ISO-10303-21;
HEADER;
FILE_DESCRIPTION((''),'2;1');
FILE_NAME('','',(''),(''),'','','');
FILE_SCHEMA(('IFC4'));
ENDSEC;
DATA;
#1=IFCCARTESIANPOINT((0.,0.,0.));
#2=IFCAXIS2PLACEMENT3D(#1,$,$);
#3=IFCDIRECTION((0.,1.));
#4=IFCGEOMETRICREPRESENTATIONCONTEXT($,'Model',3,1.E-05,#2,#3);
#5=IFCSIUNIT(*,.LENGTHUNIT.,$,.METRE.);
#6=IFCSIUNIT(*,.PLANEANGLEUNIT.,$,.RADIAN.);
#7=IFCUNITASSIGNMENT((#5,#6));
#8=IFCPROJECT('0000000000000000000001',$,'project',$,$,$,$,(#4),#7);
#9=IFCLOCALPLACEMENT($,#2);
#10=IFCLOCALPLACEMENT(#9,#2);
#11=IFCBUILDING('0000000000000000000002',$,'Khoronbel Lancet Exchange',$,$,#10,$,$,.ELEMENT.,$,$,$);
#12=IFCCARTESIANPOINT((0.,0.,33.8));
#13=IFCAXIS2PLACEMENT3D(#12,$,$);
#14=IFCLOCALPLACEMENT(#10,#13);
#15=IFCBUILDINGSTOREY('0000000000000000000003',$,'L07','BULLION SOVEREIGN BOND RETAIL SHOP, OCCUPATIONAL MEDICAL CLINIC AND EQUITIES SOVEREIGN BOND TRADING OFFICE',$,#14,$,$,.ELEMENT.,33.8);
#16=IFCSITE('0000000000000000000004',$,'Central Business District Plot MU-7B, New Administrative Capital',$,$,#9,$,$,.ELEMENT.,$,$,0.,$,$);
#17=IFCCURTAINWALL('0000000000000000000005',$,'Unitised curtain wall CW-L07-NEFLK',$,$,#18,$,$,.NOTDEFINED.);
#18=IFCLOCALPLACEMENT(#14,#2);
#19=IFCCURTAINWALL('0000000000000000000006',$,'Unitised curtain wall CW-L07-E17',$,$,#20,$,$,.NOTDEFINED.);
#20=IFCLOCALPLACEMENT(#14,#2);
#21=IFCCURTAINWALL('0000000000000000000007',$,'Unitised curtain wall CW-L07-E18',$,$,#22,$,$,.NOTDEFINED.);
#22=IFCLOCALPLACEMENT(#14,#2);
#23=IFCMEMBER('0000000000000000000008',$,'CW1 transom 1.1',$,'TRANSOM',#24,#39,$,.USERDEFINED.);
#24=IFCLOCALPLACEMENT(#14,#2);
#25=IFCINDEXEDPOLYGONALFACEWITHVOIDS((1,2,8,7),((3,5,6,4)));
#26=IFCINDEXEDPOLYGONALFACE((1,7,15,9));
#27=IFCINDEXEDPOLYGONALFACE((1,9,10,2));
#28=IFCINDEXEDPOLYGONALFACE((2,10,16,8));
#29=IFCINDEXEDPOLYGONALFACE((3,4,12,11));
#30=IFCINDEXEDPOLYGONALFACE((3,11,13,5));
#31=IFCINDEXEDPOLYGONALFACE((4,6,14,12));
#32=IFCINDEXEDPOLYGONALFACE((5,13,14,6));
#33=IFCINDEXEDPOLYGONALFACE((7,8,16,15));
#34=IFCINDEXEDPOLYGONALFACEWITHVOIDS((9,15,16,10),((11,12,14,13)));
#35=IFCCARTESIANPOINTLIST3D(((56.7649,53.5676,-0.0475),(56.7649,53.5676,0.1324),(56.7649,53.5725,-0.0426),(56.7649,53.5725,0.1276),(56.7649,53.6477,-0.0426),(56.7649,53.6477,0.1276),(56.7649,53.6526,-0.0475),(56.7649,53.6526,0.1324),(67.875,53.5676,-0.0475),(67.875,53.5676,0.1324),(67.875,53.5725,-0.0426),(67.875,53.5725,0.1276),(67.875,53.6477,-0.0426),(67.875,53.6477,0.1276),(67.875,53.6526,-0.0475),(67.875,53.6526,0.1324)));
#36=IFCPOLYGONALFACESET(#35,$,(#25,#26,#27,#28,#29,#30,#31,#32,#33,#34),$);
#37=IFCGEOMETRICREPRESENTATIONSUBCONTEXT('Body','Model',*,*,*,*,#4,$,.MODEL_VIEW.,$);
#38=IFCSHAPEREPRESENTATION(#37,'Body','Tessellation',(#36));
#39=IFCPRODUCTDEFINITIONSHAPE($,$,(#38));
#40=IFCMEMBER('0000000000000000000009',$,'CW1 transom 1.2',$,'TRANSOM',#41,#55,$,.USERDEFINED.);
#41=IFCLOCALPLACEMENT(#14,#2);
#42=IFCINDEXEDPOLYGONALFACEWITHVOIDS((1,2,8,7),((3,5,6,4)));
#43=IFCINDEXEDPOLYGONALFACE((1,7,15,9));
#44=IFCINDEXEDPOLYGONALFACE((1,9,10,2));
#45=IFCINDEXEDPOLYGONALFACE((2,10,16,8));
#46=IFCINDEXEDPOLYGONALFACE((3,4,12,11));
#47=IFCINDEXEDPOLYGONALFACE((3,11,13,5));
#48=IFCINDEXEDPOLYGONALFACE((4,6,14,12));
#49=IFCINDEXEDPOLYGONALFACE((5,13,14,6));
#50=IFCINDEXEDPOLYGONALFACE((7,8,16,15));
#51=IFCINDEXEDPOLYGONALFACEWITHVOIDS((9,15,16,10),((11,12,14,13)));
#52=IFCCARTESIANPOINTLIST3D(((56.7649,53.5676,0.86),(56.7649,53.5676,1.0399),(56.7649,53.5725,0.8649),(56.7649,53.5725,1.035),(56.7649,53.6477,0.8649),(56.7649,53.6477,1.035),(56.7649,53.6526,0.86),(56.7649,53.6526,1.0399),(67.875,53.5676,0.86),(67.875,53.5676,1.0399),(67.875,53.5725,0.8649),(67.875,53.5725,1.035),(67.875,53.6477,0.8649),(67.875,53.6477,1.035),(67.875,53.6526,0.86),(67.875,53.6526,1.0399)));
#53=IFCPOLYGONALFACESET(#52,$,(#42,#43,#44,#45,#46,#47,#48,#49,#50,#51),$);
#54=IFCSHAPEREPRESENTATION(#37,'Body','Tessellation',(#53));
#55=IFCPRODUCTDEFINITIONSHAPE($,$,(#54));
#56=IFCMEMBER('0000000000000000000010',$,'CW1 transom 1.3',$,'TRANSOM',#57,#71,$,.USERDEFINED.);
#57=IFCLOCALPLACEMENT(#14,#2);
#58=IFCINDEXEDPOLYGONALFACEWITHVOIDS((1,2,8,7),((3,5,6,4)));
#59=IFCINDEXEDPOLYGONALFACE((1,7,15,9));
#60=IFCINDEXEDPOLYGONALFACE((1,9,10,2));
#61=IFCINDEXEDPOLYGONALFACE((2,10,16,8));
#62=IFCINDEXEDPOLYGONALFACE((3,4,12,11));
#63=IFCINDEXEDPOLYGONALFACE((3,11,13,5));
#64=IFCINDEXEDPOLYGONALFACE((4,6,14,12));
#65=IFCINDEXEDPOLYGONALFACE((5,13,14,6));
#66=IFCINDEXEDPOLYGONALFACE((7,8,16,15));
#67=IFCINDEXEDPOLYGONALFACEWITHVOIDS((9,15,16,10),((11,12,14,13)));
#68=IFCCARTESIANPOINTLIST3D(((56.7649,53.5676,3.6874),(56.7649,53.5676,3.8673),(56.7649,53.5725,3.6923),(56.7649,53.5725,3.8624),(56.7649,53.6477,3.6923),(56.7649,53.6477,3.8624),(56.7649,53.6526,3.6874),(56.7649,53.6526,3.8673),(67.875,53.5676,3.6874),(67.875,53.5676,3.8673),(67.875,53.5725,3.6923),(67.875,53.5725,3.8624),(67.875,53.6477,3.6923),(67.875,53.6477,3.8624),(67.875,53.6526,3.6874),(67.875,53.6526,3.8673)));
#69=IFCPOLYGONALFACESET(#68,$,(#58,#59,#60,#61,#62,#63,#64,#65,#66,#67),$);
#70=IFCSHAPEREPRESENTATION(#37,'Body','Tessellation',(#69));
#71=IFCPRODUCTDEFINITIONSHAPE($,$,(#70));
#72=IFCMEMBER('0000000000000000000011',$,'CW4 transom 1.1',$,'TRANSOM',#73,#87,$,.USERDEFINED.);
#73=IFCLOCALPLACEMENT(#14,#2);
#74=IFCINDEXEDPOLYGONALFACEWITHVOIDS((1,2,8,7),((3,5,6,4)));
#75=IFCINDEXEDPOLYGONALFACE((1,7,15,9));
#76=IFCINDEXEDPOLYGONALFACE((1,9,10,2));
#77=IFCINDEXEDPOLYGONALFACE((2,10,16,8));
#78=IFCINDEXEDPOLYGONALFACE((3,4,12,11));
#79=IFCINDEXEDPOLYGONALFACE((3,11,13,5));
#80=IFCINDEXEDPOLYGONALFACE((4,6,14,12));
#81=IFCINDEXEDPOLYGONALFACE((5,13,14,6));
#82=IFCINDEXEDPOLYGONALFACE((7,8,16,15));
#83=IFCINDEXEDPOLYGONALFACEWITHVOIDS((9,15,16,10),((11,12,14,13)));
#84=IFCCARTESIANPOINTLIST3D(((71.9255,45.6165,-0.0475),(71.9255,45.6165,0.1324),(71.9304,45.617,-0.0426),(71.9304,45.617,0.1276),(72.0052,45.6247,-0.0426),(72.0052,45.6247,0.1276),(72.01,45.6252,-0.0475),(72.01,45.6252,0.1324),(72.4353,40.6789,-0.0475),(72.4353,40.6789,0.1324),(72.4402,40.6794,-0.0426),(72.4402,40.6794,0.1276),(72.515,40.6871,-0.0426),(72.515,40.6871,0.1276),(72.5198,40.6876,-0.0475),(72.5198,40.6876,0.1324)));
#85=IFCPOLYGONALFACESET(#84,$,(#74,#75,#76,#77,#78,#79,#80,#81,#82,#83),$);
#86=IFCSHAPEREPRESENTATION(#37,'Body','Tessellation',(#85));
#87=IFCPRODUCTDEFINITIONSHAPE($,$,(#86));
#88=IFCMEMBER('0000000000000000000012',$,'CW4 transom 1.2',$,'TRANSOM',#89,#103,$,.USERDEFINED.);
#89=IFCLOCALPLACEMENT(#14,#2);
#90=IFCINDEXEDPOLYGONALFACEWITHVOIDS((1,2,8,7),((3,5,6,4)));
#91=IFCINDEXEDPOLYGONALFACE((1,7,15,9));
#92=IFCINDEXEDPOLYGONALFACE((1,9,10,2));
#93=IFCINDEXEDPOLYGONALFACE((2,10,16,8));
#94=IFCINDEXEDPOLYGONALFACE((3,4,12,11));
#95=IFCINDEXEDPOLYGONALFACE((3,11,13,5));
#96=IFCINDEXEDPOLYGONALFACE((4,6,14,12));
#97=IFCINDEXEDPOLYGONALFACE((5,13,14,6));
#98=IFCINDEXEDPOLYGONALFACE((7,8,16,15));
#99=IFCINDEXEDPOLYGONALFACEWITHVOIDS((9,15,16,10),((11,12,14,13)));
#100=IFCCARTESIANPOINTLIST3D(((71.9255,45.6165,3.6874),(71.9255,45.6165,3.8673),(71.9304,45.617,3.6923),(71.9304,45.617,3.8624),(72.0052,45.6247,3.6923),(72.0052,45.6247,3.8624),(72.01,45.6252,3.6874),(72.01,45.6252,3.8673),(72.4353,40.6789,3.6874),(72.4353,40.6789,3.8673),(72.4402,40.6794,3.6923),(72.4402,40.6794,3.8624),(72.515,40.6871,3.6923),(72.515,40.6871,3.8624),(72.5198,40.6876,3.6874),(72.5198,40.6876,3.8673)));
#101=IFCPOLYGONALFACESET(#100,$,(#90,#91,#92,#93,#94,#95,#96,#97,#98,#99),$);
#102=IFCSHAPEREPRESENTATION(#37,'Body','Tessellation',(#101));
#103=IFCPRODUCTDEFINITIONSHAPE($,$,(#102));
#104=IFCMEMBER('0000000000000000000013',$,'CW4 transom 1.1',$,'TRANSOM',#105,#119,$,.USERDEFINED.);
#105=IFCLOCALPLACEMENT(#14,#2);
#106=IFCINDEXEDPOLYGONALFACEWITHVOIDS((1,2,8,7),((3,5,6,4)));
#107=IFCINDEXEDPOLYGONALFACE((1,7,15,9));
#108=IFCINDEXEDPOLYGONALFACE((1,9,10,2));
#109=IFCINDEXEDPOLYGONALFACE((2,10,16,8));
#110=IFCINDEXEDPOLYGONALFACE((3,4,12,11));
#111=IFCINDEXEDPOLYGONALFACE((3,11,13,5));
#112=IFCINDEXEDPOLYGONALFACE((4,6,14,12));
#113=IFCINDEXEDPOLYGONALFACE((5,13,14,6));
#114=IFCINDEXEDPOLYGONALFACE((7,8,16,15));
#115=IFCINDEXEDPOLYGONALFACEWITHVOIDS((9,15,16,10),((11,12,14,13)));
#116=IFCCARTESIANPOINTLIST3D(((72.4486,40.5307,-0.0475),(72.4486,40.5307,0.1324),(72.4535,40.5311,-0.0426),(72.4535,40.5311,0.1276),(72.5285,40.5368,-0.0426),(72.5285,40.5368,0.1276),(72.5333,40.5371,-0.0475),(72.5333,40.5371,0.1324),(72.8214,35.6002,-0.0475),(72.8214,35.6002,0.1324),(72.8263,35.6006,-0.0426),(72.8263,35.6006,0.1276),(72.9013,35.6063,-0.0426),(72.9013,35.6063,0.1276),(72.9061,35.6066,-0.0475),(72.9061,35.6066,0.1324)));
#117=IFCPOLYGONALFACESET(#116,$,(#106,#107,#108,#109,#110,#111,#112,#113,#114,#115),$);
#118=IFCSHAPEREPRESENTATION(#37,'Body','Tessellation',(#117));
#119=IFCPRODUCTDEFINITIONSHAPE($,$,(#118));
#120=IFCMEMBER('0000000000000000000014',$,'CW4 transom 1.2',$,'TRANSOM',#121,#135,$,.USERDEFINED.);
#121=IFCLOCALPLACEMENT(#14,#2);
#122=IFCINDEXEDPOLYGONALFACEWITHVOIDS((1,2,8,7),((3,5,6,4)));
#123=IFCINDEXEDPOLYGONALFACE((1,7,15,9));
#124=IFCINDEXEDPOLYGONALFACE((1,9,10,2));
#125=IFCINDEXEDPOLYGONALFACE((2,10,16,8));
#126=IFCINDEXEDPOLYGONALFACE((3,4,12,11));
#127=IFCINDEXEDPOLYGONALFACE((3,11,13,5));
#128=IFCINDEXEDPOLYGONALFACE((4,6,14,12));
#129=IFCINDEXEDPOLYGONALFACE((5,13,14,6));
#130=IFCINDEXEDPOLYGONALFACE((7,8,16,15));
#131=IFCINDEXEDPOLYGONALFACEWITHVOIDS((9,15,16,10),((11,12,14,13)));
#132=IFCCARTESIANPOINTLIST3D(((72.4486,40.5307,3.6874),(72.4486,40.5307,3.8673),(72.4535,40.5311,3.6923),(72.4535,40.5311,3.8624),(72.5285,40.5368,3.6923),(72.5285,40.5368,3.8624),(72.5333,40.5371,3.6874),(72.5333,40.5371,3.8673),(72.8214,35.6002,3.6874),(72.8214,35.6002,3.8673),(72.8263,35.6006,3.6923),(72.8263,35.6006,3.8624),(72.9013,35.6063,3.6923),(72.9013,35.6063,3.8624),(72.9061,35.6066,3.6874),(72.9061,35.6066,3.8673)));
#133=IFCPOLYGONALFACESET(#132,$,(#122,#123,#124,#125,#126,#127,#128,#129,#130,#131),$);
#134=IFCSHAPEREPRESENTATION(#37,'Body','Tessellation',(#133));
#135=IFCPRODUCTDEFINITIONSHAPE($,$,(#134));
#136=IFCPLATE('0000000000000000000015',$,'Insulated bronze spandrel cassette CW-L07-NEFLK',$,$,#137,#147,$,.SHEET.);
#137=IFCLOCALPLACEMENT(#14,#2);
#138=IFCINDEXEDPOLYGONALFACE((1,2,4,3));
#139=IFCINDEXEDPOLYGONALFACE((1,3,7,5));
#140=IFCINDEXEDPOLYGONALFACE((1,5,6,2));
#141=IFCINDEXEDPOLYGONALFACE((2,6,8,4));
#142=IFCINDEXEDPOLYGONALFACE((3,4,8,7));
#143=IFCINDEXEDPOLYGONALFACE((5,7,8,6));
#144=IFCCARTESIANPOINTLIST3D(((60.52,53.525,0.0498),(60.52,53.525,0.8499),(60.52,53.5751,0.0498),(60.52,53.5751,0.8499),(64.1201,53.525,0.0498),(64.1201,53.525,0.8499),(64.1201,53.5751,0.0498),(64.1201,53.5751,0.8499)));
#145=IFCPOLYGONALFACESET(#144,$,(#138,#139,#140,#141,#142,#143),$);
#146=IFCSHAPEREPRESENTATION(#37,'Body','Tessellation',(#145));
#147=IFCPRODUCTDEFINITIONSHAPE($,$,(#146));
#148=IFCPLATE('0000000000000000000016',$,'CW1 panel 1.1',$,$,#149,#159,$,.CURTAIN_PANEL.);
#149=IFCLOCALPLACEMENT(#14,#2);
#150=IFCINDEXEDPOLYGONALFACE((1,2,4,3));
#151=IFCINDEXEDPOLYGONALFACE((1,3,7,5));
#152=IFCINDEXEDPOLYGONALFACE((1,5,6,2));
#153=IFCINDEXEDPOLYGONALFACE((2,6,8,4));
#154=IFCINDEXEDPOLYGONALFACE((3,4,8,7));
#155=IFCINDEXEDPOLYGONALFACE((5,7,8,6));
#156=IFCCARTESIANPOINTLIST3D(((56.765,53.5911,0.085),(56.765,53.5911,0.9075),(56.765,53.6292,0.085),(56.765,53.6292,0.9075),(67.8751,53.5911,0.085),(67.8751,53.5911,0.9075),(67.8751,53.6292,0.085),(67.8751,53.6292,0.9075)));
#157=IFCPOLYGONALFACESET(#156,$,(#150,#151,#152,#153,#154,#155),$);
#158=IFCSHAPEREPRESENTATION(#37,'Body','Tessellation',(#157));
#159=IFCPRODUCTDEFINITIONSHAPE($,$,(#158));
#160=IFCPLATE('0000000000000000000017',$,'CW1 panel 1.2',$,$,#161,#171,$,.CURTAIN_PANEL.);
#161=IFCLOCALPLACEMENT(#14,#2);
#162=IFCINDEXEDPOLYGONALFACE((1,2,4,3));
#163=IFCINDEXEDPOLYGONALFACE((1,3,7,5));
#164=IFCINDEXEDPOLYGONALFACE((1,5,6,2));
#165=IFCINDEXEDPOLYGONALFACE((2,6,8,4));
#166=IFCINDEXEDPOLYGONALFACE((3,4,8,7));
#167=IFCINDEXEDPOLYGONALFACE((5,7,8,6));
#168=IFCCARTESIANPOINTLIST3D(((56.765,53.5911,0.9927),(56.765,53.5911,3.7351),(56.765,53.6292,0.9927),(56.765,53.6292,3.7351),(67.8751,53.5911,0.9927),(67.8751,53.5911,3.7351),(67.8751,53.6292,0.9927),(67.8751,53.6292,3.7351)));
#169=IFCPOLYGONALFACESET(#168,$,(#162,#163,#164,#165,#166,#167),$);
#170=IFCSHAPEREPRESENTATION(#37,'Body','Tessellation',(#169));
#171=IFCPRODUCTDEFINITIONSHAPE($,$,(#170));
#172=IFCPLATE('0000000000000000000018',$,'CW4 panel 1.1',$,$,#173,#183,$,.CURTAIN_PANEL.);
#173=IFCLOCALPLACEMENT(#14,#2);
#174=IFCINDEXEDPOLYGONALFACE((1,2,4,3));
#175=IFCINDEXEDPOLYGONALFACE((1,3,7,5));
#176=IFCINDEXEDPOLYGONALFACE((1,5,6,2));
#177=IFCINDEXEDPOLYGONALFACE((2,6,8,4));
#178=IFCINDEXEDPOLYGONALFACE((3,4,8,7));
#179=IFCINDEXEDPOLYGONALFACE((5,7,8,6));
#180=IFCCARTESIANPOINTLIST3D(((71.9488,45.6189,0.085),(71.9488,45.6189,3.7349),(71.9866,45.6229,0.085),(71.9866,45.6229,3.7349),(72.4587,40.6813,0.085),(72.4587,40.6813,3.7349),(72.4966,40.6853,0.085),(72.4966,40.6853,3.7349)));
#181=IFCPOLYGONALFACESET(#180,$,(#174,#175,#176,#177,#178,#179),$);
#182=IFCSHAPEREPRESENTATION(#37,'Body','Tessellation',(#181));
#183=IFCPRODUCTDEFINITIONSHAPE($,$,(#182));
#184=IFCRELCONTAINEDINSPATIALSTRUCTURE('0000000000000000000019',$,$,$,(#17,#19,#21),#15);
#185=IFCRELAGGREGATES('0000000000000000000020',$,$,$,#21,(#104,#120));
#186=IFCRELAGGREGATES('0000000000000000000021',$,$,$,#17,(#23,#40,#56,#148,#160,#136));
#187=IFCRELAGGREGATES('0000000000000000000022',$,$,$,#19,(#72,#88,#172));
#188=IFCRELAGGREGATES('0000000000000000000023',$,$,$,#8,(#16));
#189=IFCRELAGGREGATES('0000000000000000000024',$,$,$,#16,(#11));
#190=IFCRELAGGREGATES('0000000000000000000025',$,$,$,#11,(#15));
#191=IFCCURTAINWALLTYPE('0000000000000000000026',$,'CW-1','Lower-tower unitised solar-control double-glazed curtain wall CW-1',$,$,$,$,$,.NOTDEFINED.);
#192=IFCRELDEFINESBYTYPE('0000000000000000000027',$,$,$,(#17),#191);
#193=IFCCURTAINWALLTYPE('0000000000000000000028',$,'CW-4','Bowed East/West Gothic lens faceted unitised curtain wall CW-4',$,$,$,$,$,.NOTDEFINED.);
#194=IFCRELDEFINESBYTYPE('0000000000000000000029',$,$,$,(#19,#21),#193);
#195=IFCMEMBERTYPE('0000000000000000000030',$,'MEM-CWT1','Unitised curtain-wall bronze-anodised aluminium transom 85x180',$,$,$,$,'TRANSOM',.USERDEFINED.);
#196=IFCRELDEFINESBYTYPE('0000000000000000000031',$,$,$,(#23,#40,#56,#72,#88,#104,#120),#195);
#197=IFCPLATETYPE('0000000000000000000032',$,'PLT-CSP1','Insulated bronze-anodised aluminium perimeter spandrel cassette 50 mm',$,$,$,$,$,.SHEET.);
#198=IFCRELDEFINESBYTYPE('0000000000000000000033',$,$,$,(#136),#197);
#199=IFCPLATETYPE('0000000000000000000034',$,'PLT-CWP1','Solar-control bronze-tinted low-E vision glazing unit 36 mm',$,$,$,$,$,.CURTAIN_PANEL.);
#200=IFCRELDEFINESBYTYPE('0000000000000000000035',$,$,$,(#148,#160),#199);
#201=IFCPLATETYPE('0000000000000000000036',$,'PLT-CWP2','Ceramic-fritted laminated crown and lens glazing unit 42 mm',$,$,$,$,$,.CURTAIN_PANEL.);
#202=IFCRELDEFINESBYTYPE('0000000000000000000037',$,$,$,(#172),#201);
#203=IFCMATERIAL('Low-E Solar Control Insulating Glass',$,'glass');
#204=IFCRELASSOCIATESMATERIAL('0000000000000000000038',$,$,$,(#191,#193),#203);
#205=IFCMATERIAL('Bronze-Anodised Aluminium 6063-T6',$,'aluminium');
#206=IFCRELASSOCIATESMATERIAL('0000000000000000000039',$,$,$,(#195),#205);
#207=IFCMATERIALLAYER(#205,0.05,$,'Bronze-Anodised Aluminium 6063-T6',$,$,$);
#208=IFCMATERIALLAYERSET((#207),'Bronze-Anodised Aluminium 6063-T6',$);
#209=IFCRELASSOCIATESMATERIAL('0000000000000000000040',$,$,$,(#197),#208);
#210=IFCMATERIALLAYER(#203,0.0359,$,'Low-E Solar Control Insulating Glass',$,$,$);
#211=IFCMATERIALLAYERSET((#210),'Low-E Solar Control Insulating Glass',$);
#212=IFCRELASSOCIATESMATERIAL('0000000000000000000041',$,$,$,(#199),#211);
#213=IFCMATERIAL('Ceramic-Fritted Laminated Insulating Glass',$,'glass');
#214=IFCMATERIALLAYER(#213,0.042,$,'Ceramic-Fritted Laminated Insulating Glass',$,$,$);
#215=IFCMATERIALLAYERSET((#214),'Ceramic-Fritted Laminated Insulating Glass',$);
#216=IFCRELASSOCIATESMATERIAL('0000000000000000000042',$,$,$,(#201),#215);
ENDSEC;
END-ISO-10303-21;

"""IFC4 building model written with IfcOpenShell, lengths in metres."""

from ifc_helpers import new_model, si_unit, direction, frame, origin, origin_2d, place, context, subcontext, project, spatial, rectangle, hollow_rectangle, extrude, material, layer, layer_set, material_profile, profile_set, type_object, element, aggregate, save


model = new_model("IFC4")

# Units and contexts
model_context = context("Model", 3, precision=1e-05, world=origin(), true_north=direction((0.0, 1.0)))
body_context = subcontext(model_context, "Body", "Model", "MODEL_VIEW")
ifc_project = project(units=[si_unit("LENGTHUNIT", "METRE"), si_unit("PLANEANGLEUNIT", "RADIAN")], contexts=[model_context])

# Site, building, storey
site_placement = place(None, origin())
site = spatial("IfcSite", under=ifc_project, at=site_placement, Name="Central Business District Plot MU-7B, New Administrative Capital", CompositionType="ELEMENT", RefElevation=0.0)
building_placement = place(site_placement, origin())
building = spatial("IfcBuilding", under=site, at=building_placement, Name="Khoronbel Lancet Exchange", CompositionType="ELEMENT")
storey_placement = place(building_placement, frame((0.0, 0.0, 33.8)))
storey = spatial("IfcBuildingStorey", under=building, at=storey_placement, Name="L07", Description="BULLION SOVEREIGN BOND RETAIL SHOP, OCCUPATIONAL MEDICAL CLINIC AND EQUITIES SOVEREIGN BOND TRADING OFFICE", CompositionType="ELEMENT", Elevation=33.8)

# Curtain walls
ifc_material_1 = material(Name="Low-E Solar Control Insulating Glass", Category="glass")
curtain_wall_type_1 = type_object("IfcCurtainWallType", Name="CW-1", Description="Lower-tower unitised solar-control double-glazed curtain wall CW-1", PredefinedType="NOTDEFINED", material=ifc_material_1)
curtain_wall_1_placement = place(storey_placement, origin())
curtain_wall_1 = element("IfcCurtainWall", 1, at=curtain_wall_1_placement, inside=storey, type_object=curtain_wall_type_1, Name="Unitised curtain wall CW-L07-NEFLK", PredefinedType="NOTDEFINED")
ifc_material_2 = material(Name="Bronze-Anodised Aluminium 6063-T6", Category="aluminium")
curtain_wall_type_2 = type_object("IfcCurtainWallType", Name="CW-4", Description="Bowed East/West Gothic lens faceted unitised curtain wall CW-4", PredefinedType="NOTDEFINED", material=ifc_material_1)
curtain_wall_2_placement = place(storey_placement, origin())
curtain_wall_2 = element("IfcCurtainWall", 2, at=curtain_wall_2_placement, inside=storey, type_object=curtain_wall_type_2, Name="Unitised curtain wall CW-L07-E17", PredefinedType="NOTDEFINED")

# Curtain wall
curtain_wall_3_placement = place(storey_placement, origin())
curtain_wall_3 = element("IfcCurtainWall", 3, at=curtain_wall_3_placement, inside=storey, type_object=curtain_wall_type_2, Name="Unitised curtain wall CW-L07-E18", PredefinedType="NOTDEFINED")

# Members
ifc_material_profile_1 = material_profile(ifc_material_2, hollow_rectangle(XDim=0.085, YDim=0.1799, WallThickness=0.0049, at=origin_2d()), Name="ALU TRANSOM 85x180")
ifc_profile_set_1 = profile_set([ifc_material_profile_1], Name="Bronze-Anodised Aluminium 6063-T6")
member_type_1 = type_object("IfcMemberType", Name="MEM-CWT1", Description="Unitised curtain-wall bronze-anodised aluminium transom 85x180", ElementType="TRANSOM", PredefinedType="USERDEFINED", material=ifc_profile_set_1)
member_1_placement = place(storey_placement, frame((67.875, 53.6101, 0.0425), z_axis=(-1.0, 0.0, 0.0), x_axis=(0.0, -1.0, 0.0)))
member_1 = element("IfcMember", 4, at=member_1_placement, type_object=member_type_1, Name="CW1 transom 1.1", ObjectType="TRANSOM", PredefinedType="USERDEFINED", context=body_context, shape_type="SweptSolid", body=[
    extrude(hollow_rectangle(XDim=0.085, YDim=0.1799, WallThickness=0.0049, at=origin_2d()), origin(), (0.0, 0.0, 1.0), 11.1101),
])
member_2_placement = place(storey_placement, frame((67.875, 53.6101, 0.95), z_axis=(-1.0, 0.0, 0.0), x_axis=(0.0, -1.0, 0.0)))
member_2 = element("IfcMember", 5, at=member_2_placement, type_object=member_type_1, Name="CW1 transom 1.2", ObjectType="TRANSOM", PredefinedType="USERDEFINED", context=body_context, shape_type="SweptSolid", body=[
    extrude(hollow_rectangle(XDim=0.085, YDim=0.1799, WallThickness=0.0049, at=origin_2d()), origin(), (0.0, 0.0, 1.0), 11.1101),
])
member_3_placement = place(storey_placement, frame((67.875, 53.6101, 3.7773), z_axis=(-1.0, 0.0, 0.0), x_axis=(0.0, -1.0, 0.0)))
member_3 = element("IfcMember", 6, at=member_3_placement, type_object=member_type_1, Name="CW1 transom 1.3", ObjectType="TRANSOM", PredefinedType="USERDEFINED", context=body_context, shape_type="SweptSolid", body=[
    extrude(hollow_rectangle(XDim=0.085, YDim=0.1799, WallThickness=0.0049, at=origin_2d()), origin(), (0.0, 0.0, 1.0), 11.1101),
])
member_4_placement = place(storey_placement, frame((71.9678, 45.6208, 0.0425), z_axis=(0.102698, -0.994713, 0.0), x_axis=(0.994713, 0.102698, 0.0)))
member_4 = element("IfcMember", 7, at=member_4_placement, type_object=member_type_1, Name="CW4 transom 1.1", ObjectType="TRANSOM", PredefinedType="USERDEFINED", context=body_context, shape_type="SweptSolid", body=[
    extrude(hollow_rectangle(XDim=0.085, YDim=0.1799, WallThickness=0.0049, at=origin_2d()), origin(), (0.0, 0.0, 1.0), 4.9639),
])
member_5_placement = place(storey_placement, frame((71.9678, 45.6208, 3.7773), z_axis=(0.102698, -0.994713, 0.0), x_axis=(0.994713, 0.102698, 0.0)))
member_5 = element("IfcMember", 8, at=member_5_placement, type_object=member_type_1, Name="CW4 transom 1.2", ObjectType="TRANSOM", PredefinedType="USERDEFINED", context=body_context, shape_type="SweptSolid", body=[
    extrude(hollow_rectangle(XDim=0.085, YDim=0.1799, WallThickness=0.0049, at=origin_2d()), origin(), (0.0, 0.0, 1.0), 4.9639),
])
member_6_placement = place(storey_placement, frame((72.491, 40.5339, 0.0425), z_axis=(0.075398, -0.997154, 0.0), x_axis=(0.997154, 0.075398, 0.0)))
member_6 = element("IfcMember", 9, at=member_6_placement, type_object=member_type_1, Name="CW4 transom 1.1", ObjectType="TRANSOM", PredefinedType="USERDEFINED", context=body_context, shape_type="SweptSolid", body=[
    extrude(hollow_rectangle(XDim=0.085, YDim=0.1799, WallThickness=0.0049, at=origin_2d()), origin(), (0.0, 0.0, 1.0), 4.9446),
])
member_7_placement = place(storey_placement, frame((72.491, 40.5339, 3.7773), z_axis=(0.075398, -0.997154, 0.0), x_axis=(0.997154, 0.075398, 0.0)))
member_7 = element("IfcMember", 10, at=member_7_placement, type_object=member_type_1, Name="CW4 transom 1.2", ObjectType="TRANSOM", PredefinedType="USERDEFINED", context=body_context, shape_type="SweptSolid", body=[
    extrude(hollow_rectangle(XDim=0.085, YDim=0.1799, WallThickness=0.0049, at=origin_2d()), origin(), (0.0, 0.0, 1.0), 4.9446),
])
aggregate(curtain_wall_3, [member_6, member_7])

# Plates
ifc_layer_1 = layer(ifc_material_2, 0.05, Name="Bronze-Anodised Aluminium 6063-T6")
ifc_layer_set_1 = layer_set([ifc_layer_1], Name="Bronze-Anodised Aluminium 6063-T6")
plate_type_1 = type_object("IfcPlateType", Name="PLT-CSP1", Description="Insulated bronze-anodised aluminium perimeter spandrel cassette 50 mm", PredefinedType="SHEET", material=ifc_layer_set_1)
plate_1_placement = place(storey_placement, frame((62.3201, 53.55, 0.0498), z_axis=(0.0, 0.0, 1.0), x_axis=(-1.0, 0.0, 0.0)))
plate_1 = element("IfcPlate", 11, at=plate_1_placement, type_object=plate_type_1, Name="Insulated bronze spandrel cassette CW-L07-NEFLK", PredefinedType="SHEET", context=body_context, shape_type="SweptSolid", body=[
    extrude(rectangle(XDim=3.6001, YDim=0.05, at=origin_2d()), origin(), (0.0, 0.0, 1.0), 0.8),
])
ifc_layer_2 = layer(ifc_material_1, 0.0359, Name="Low-E Solar Control Insulating Glass")
ifc_layer_set_2 = layer_set([ifc_layer_2], Name="Low-E Solar Control Insulating Glass")
plate_type_2 = type_object("IfcPlateType", Name="PLT-CWP1", Description="Solar-control bronze-tinted low-E vision glazing unit 36 mm", PredefinedType="CURTAIN_PANEL", material=ifc_layer_set_2)
plate_2_placement = place(storey_placement, frame((62.3201, 53.6101, 0.085), z_axis=(0.0, 0.0, 1.0), x_axis=(-1.0, 0.0, 0.0)))
plate_2 = element("IfcPlate", 12, at=plate_2_placement, type_object=plate_type_2, Name="CW1 panel 1.1", PredefinedType="CURTAIN_PANEL", context=body_context, shape_type="SweptSolid", body=[
    extrude(rectangle(XDim=11.1101, YDim=0.0381, at=origin_2d()), origin(), (0.0, 0.0, 1.0), 0.8225),
])
plate_3_placement = place(storey_placement, frame((62.3201, 53.6101, 0.9927), z_axis=(0.0, 0.0, 1.0), x_axis=(-1.0, 0.0, 0.0)))
plate_3 = element("IfcPlate", 13, at=plate_3_placement, type_object=plate_type_2, Name="CW1 panel 1.2", PredefinedType="CURTAIN_PANEL", context=body_context, shape_type="SweptSolid", body=[
    extrude(rectangle(XDim=11.1101, YDim=0.0381, at=origin_2d()), origin(), (0.0, 0.0, 1.0), 2.7424),
])
aggregate(curtain_wall_1, [member_1, member_2, member_3, plate_2, plate_3, plate_1])
ifc_material_3 = material(Name="Ceramic-Fritted Laminated Insulating Glass", Category="glass")
ifc_layer_3 = layer(ifc_material_3, 0.042, Name="Ceramic-Fritted Laminated Insulating Glass")
ifc_layer_set_3 = layer_set([ifc_layer_3], Name="Ceramic-Fritted Laminated Insulating Glass")
plate_type_3 = type_object("IfcPlateType", Name="PLT-CWP2", Description="Ceramic-fritted laminated crown and lens glazing unit 42 mm", PredefinedType="CURTAIN_PANEL", material=ifc_layer_set_3)
plate_4_placement = place(storey_placement, frame((72.2227, 43.1521, 0.085), z_axis=(0.0, 0.0, 1.0), x_axis=(0.102723, -0.99471, 0.0)))
plate_4 = element("IfcPlate", 14, at=plate_4_placement, type_object=plate_type_3, Name="CW4 panel 1.1", PredefinedType="CURTAIN_PANEL", context=body_context, shape_type="SweptSolid", body=[
    extrude(rectangle(XDim=4.9639, YDim=0.0381, at=origin_2d()), origin(), (0.0, 0.0, 1.0), 3.6499),
])
aggregate(curtain_wall_2, [member_4, member_5, plate_4])

save(model, "model.ifc")
